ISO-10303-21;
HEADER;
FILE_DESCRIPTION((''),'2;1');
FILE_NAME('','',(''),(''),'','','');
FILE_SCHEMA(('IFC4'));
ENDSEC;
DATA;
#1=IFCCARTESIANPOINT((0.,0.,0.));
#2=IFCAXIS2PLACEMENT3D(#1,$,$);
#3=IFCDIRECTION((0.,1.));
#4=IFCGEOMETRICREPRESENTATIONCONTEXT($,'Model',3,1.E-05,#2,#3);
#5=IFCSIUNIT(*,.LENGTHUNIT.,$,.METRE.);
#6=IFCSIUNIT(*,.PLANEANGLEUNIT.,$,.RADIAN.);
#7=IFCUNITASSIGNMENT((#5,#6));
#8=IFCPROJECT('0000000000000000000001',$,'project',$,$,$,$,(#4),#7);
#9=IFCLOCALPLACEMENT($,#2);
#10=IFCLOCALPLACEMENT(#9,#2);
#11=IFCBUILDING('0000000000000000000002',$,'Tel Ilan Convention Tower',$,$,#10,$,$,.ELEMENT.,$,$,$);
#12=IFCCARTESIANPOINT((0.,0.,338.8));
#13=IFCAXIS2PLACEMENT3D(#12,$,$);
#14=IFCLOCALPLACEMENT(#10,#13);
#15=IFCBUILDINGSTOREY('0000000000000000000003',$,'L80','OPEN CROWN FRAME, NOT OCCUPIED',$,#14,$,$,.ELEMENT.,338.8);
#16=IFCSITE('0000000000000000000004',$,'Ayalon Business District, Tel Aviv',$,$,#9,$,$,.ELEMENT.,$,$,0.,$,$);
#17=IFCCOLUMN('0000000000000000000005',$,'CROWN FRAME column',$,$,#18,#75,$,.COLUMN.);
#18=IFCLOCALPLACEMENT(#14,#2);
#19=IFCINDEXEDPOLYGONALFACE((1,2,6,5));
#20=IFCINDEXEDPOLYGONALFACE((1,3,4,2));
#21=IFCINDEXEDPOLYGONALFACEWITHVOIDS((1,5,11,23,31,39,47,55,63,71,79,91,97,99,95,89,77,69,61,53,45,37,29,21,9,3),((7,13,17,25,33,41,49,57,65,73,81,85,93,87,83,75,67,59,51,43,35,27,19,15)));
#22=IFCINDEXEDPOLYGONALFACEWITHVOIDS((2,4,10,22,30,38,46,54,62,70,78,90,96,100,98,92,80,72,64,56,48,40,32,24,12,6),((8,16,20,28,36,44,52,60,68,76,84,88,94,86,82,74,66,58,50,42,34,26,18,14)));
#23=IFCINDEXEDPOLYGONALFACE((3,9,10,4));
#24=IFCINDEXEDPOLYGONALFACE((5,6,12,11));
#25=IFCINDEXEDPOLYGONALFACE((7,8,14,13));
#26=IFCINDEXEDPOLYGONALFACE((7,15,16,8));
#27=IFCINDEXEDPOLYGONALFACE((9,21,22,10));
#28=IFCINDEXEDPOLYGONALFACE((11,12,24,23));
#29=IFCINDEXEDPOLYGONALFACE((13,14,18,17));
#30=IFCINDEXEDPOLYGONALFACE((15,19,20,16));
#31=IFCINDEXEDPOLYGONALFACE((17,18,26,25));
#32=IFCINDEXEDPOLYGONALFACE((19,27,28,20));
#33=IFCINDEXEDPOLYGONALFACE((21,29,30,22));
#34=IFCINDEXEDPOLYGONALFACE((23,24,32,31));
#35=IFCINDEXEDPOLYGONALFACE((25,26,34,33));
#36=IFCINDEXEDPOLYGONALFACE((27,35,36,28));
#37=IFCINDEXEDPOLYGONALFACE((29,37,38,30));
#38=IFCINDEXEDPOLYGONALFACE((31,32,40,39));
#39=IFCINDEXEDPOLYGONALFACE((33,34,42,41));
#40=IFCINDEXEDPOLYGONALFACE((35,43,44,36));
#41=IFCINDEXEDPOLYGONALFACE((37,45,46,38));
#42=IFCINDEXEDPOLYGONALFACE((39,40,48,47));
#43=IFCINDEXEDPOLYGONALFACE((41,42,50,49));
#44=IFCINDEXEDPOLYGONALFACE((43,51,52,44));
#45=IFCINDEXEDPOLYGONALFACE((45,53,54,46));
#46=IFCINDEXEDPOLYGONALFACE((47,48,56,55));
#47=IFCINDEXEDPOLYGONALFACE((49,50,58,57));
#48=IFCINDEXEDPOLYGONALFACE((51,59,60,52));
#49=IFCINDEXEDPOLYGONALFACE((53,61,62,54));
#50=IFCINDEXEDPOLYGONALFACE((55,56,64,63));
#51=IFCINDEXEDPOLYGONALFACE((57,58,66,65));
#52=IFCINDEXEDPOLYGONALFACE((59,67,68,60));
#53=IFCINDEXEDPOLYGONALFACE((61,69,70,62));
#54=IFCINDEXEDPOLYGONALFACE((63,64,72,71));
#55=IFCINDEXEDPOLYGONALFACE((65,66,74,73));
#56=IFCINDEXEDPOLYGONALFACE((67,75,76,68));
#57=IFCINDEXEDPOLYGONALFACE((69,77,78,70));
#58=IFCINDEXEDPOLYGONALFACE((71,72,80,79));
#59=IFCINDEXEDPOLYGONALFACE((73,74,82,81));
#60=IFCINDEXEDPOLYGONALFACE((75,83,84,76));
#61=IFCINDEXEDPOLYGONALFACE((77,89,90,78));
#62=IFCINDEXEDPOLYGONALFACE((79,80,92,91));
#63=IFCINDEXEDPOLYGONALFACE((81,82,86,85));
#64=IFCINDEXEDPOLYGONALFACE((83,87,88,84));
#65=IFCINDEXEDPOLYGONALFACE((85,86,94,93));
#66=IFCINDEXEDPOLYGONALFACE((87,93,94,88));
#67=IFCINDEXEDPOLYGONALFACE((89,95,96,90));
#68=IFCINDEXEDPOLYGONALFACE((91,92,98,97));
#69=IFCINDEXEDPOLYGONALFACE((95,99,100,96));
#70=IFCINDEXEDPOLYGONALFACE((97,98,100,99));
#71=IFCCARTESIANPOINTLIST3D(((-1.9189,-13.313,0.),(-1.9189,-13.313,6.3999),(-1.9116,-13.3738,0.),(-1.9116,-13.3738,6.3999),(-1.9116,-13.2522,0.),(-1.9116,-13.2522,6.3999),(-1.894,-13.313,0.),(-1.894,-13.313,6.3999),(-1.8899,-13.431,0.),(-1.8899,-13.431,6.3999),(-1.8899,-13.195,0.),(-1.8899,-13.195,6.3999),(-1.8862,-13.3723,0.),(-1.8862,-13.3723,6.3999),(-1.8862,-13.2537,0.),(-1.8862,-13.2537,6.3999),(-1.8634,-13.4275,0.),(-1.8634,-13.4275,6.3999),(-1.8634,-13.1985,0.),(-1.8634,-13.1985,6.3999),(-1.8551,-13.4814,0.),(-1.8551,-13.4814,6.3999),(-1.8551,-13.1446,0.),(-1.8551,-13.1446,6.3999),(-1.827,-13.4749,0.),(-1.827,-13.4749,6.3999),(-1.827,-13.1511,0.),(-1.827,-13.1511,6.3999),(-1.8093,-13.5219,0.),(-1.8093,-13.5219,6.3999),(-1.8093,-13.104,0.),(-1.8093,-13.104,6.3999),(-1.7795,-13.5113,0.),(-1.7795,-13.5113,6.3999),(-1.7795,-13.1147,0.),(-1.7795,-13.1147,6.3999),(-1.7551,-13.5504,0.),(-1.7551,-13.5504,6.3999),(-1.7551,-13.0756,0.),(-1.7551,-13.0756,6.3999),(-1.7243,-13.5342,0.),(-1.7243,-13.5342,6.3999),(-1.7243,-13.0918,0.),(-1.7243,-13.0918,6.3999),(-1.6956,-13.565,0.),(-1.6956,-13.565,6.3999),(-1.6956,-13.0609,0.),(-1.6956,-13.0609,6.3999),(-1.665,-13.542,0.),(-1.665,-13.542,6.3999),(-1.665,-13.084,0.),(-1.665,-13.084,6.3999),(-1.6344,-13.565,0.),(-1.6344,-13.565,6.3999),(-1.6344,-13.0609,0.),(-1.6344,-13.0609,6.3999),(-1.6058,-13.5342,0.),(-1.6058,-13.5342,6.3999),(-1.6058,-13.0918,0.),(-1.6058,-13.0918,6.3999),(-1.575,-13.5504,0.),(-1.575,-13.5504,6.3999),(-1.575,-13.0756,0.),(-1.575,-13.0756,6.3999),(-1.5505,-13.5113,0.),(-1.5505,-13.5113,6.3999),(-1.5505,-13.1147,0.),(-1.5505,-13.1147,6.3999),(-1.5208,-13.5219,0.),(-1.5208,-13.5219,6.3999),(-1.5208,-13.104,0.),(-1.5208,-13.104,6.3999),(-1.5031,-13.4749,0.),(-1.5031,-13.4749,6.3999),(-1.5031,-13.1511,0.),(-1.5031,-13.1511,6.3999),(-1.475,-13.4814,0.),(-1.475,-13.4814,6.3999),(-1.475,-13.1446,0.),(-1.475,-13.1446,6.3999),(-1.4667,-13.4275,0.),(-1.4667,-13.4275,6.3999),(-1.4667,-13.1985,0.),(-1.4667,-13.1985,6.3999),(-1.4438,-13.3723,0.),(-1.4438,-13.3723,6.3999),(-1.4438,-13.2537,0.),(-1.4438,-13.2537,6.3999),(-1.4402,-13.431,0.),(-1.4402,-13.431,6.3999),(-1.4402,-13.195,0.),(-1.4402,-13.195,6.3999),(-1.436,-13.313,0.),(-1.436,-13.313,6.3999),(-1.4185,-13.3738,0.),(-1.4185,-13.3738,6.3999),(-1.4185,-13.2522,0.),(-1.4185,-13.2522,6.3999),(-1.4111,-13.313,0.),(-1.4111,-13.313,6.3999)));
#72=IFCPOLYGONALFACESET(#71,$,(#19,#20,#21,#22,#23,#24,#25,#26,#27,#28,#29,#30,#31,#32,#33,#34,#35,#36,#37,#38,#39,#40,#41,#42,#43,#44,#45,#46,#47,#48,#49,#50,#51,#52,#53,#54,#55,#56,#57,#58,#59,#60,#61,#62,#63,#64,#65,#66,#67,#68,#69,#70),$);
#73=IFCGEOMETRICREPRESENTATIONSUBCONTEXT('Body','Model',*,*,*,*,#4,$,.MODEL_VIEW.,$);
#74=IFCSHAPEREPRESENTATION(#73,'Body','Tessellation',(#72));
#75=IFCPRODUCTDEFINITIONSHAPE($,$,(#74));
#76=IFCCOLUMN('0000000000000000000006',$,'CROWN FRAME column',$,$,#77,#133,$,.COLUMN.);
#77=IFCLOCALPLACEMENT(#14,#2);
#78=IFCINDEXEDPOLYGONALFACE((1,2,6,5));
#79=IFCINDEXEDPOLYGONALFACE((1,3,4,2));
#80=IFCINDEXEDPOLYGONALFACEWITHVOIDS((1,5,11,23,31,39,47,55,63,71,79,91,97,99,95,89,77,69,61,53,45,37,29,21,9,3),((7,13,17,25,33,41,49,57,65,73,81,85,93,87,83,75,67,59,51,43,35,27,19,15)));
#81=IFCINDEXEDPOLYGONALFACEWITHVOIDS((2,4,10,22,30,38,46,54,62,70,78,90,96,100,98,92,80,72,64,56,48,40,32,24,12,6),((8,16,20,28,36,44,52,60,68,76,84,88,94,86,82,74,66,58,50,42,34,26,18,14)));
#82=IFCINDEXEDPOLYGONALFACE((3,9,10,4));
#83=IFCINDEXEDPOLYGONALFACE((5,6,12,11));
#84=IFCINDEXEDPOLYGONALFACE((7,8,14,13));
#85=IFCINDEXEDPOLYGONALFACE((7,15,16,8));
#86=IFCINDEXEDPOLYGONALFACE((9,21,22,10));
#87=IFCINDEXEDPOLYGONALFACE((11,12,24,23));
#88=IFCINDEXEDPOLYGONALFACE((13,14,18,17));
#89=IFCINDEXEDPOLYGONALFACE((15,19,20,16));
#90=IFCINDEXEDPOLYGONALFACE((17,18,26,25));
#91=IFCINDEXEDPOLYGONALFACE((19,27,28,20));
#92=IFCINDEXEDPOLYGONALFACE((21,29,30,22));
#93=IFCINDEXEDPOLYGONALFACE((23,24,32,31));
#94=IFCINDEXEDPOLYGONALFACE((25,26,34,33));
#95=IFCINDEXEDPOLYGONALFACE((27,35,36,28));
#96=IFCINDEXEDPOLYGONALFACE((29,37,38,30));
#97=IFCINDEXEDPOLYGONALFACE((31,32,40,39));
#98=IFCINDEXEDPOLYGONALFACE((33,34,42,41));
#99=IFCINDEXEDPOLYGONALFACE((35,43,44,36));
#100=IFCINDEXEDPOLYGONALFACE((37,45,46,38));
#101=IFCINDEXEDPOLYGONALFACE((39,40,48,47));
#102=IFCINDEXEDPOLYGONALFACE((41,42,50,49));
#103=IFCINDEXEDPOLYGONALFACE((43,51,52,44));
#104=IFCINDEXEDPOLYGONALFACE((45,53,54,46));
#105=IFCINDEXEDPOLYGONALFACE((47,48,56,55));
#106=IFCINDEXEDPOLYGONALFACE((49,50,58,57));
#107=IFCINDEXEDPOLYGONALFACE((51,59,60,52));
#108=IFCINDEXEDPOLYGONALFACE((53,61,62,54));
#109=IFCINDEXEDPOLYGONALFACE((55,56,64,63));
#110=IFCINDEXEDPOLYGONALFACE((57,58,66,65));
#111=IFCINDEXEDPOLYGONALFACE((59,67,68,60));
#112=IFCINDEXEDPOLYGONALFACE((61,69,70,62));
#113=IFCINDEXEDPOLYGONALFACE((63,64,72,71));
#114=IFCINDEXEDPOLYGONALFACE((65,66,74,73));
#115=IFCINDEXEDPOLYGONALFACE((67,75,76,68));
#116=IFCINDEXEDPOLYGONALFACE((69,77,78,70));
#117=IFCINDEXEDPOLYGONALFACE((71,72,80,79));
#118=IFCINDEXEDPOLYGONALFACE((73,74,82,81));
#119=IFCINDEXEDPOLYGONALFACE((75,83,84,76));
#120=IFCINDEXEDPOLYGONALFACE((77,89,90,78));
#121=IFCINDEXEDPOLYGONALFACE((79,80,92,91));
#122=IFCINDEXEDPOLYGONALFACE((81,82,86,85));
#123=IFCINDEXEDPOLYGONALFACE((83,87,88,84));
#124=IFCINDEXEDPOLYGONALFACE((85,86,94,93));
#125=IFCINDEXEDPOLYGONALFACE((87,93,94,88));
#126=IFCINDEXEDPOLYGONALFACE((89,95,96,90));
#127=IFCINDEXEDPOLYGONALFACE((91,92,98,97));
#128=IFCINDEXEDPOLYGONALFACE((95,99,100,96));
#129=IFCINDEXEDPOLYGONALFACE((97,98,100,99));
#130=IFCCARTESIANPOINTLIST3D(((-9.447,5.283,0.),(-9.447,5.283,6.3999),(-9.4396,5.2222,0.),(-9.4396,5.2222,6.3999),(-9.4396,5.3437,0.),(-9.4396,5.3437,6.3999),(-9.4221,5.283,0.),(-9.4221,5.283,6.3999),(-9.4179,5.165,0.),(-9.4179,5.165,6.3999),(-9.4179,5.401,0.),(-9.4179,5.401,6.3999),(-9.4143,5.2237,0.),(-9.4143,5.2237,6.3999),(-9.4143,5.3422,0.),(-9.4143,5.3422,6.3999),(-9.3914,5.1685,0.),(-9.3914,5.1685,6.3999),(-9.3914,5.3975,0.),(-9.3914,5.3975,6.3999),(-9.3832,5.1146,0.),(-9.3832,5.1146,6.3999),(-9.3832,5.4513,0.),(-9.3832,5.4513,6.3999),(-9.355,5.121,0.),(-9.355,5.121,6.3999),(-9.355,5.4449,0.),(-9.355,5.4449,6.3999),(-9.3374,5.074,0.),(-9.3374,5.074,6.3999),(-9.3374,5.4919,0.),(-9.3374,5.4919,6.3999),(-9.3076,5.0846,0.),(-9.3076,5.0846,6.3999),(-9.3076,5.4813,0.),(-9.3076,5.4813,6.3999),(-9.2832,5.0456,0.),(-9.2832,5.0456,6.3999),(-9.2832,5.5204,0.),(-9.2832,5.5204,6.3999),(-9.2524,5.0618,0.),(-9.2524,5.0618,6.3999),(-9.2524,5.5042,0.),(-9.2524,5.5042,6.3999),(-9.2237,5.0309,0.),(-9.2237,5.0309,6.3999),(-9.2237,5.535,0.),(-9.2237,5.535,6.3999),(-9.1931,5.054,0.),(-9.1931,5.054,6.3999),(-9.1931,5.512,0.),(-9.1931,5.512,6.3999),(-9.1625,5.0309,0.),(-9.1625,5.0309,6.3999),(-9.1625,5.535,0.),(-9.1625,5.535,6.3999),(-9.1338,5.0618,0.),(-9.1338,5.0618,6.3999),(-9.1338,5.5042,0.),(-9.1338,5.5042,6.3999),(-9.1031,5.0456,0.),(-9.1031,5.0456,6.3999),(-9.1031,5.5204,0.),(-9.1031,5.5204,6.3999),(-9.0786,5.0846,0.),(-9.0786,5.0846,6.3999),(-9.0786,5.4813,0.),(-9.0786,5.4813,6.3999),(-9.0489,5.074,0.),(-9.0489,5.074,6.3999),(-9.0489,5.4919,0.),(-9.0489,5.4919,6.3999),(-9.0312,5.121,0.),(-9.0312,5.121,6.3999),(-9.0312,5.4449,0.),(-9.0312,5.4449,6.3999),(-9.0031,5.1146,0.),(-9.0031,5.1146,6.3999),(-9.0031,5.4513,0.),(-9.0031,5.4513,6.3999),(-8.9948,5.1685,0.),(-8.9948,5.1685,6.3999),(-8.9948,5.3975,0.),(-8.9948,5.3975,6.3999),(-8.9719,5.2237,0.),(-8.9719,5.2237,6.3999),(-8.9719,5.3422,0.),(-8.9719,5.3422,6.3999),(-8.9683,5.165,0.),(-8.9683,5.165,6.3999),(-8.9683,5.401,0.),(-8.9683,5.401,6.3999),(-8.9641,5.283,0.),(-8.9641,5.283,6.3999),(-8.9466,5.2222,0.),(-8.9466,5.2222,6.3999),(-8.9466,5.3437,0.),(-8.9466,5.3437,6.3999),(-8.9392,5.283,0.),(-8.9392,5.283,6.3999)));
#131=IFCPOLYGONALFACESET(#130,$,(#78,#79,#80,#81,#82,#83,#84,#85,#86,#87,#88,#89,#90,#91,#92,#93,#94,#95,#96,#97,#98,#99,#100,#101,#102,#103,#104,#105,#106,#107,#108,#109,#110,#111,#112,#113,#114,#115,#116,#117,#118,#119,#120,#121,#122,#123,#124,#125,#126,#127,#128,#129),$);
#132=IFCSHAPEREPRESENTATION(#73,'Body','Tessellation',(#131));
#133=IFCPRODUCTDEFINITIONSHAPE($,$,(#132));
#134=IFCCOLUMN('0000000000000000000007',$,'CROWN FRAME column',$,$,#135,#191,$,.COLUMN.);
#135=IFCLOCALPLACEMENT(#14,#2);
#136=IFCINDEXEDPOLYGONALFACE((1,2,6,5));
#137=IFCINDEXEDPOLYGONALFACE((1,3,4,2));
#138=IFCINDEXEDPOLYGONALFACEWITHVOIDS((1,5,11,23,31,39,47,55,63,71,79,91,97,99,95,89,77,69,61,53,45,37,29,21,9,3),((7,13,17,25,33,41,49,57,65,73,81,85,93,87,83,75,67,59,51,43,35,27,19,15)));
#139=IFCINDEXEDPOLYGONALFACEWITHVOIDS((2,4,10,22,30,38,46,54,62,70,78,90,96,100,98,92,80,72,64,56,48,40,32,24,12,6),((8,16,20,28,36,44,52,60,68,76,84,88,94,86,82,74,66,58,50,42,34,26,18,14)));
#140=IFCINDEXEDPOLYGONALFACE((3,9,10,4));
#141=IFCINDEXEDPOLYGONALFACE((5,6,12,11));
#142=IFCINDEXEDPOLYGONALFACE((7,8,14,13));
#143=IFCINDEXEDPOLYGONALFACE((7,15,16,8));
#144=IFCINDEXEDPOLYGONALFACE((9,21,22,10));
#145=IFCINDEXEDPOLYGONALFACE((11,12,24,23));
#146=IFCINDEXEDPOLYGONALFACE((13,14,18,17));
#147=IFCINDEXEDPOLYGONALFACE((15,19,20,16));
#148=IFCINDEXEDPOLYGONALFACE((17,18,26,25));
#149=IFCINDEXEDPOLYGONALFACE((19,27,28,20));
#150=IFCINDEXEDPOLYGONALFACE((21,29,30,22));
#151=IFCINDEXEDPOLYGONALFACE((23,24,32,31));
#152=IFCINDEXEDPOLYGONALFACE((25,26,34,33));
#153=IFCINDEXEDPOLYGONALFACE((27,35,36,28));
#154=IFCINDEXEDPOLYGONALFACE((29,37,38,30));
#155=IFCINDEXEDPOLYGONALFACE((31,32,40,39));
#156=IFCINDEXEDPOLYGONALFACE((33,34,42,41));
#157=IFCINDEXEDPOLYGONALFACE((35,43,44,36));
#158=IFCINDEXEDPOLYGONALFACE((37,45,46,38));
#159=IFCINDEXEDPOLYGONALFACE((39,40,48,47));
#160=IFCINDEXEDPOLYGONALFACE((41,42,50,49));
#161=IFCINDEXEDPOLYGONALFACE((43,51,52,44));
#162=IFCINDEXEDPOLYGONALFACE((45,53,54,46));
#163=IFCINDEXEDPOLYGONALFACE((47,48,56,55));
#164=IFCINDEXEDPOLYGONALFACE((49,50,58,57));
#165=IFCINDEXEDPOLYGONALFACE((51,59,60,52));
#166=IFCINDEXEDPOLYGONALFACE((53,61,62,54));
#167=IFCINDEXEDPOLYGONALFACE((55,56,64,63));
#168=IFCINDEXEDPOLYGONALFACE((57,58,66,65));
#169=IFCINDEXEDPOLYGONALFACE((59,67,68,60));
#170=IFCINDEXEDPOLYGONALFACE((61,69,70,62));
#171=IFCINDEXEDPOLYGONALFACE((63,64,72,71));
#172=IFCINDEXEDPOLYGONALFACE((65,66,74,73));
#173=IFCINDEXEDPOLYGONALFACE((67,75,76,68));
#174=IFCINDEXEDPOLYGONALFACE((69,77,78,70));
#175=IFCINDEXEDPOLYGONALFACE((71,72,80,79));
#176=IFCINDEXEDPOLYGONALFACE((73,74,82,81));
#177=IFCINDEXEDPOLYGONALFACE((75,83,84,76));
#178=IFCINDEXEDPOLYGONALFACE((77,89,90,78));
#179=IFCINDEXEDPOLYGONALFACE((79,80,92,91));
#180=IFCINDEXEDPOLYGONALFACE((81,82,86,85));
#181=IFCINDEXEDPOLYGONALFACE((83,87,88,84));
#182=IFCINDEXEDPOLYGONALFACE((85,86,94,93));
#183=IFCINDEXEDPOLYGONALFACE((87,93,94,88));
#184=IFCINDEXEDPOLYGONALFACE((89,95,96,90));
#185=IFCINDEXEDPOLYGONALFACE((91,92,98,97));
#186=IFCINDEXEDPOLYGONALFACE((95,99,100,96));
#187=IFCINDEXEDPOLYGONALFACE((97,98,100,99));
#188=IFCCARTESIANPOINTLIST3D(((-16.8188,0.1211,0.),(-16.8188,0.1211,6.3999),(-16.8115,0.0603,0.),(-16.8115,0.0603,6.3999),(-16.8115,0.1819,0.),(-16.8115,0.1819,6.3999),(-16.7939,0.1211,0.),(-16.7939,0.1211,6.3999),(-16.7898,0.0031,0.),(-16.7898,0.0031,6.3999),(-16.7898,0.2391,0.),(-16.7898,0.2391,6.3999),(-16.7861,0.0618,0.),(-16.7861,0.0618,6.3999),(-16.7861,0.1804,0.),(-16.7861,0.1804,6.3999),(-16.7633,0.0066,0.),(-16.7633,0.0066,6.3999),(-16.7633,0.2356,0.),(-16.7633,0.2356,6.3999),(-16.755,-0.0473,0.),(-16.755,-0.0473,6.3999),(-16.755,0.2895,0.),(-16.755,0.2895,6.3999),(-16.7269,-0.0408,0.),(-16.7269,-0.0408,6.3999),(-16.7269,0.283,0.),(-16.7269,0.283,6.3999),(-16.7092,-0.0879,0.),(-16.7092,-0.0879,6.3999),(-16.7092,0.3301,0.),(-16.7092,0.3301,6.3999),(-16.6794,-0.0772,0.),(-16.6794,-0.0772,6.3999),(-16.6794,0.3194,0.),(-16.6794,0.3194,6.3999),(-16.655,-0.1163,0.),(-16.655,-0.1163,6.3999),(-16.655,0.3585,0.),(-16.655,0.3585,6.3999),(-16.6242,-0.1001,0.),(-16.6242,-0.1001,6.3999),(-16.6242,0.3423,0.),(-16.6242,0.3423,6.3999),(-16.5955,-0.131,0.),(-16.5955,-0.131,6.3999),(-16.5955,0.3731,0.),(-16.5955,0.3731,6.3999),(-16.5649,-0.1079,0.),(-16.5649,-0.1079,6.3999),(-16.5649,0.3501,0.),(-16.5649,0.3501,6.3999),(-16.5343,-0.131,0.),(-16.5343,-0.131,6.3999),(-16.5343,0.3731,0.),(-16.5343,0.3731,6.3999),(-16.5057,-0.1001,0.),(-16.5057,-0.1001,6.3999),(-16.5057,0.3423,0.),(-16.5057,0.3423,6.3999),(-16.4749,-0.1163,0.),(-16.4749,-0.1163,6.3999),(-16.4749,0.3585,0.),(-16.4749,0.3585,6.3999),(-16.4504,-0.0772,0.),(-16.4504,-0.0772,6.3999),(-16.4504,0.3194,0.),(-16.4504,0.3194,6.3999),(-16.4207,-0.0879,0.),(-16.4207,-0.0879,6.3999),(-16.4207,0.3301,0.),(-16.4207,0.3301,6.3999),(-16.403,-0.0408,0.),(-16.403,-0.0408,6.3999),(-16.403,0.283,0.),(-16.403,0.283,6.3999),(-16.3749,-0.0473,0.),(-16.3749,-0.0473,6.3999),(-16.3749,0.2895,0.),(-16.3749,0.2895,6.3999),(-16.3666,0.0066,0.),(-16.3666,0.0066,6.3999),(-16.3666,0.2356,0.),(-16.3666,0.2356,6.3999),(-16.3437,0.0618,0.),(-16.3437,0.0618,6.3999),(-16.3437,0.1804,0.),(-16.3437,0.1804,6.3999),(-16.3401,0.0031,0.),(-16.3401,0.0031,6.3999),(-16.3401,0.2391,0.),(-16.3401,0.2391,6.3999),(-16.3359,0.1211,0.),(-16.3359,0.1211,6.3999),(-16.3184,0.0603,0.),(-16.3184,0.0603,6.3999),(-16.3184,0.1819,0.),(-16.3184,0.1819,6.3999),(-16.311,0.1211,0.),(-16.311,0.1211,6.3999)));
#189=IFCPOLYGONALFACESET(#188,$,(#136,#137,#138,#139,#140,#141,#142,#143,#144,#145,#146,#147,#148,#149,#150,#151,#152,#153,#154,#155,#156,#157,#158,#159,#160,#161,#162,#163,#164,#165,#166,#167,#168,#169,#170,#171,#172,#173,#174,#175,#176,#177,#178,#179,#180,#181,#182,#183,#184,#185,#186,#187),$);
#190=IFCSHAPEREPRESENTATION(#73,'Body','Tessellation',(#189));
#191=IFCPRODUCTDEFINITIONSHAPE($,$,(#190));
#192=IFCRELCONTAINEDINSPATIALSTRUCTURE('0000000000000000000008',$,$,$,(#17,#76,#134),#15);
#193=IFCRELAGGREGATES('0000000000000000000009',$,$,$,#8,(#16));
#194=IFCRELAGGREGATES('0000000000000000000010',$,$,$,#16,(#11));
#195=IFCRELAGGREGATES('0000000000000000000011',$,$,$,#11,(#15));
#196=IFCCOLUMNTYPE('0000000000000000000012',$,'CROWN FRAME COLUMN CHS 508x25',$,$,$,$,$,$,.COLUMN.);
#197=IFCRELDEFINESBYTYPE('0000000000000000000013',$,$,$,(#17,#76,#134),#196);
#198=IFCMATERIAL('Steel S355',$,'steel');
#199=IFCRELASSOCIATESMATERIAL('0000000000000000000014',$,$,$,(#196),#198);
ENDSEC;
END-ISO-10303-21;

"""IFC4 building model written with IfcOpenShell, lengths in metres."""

from ifc_helpers import new_model, si_unit, direction, frame, origin, origin_2d, place, context, subcontext, project, spatial, hollow_circle, extrude, material, material_profile, profile_set, type_object, element, save


model = new_model("IFC4")

# Units and contexts
model_context = context("Model", 3, precision=1e-05, world=origin(), true_north=direction((0.0, 1.0)))
body_context = subcontext(model_context, "Body", "Model", "MODEL_VIEW")
ifc_project = project(units=[si_unit("LENGTHUNIT", "METRE"), si_unit("PLANEANGLEUNIT", "RADIAN")], contexts=[model_context])

# Site, building, storey
site_placement = place(None, origin())
site = spatial("IfcSite", under=ifc_project, at=site_placement, Name="Ayalon Business District, Tel Aviv", CompositionType="ELEMENT", RefElevation=0.0)
building_placement = place(site_placement, origin())
building = spatial("IfcBuilding", under=site, at=building_placement, Name="Tel Ilan Convention Tower", CompositionType="ELEMENT")
storey_placement = place(building_placement, frame((0.0, 0.0, 338.8)))
storey = spatial("IfcBuildingStorey", under=building, at=storey_placement, Name="L80", Description="OPEN CROWN FRAME, NOT OCCUPIED", CompositionType="ELEMENT", Elevation=338.8)

# Columns
ifc_material_1 = material(Name="Steel S355", Category="steel")
ifc_material_profile_1 = material_profile(ifc_material_1, hollow_circle(Radius=0.2539, WallThickness=0.0249, at=origin_2d()), Name="CHS 508x25")
ifc_profile_set_1 = profile_set([ifc_material_profile_1], Name="Steel S355")
column_type = type_object("IfcColumnType", Name="CROWN FRAME COLUMN CHS 508x25", PredefinedType="COLUMN", material=ifc_profile_set_1)
for number, where, z_axis, x_axis, name in (
    (1, (-1.665, -13.313, 0.0), (0.0, 0.0, 1.0), (1.0, 0.0, 0.0), "CROWN FRAME column"),
    (2, (-9.1931, 5.283, 0.0), (0.0, 0.0, 1.0), (1.0, 0.0, 0.0), "CROWN FRAME column"),
    (3, (-16.5649, 0.1211, 0.0), (0.0, 0.0, 1.0), (1.0, 0.0, 0.0), "CROWN FRAME column"),
):
    element("IfcColumn", number, at=place(storey_placement, frame(where, z_axis=z_axis, x_axis=x_axis)), inside=storey, type_object=column_type, Name=name, PredefinedType="COLUMN", context=body_context, shape_type="SweptSolid", body=[
        extrude(hollow_circle(Radius=0.2539, WallThickness=0.0249, at=origin_2d()), origin(), (0.0, 0.0, 1.0), 6.3999),
    ])

save(model, "model.ifc")
